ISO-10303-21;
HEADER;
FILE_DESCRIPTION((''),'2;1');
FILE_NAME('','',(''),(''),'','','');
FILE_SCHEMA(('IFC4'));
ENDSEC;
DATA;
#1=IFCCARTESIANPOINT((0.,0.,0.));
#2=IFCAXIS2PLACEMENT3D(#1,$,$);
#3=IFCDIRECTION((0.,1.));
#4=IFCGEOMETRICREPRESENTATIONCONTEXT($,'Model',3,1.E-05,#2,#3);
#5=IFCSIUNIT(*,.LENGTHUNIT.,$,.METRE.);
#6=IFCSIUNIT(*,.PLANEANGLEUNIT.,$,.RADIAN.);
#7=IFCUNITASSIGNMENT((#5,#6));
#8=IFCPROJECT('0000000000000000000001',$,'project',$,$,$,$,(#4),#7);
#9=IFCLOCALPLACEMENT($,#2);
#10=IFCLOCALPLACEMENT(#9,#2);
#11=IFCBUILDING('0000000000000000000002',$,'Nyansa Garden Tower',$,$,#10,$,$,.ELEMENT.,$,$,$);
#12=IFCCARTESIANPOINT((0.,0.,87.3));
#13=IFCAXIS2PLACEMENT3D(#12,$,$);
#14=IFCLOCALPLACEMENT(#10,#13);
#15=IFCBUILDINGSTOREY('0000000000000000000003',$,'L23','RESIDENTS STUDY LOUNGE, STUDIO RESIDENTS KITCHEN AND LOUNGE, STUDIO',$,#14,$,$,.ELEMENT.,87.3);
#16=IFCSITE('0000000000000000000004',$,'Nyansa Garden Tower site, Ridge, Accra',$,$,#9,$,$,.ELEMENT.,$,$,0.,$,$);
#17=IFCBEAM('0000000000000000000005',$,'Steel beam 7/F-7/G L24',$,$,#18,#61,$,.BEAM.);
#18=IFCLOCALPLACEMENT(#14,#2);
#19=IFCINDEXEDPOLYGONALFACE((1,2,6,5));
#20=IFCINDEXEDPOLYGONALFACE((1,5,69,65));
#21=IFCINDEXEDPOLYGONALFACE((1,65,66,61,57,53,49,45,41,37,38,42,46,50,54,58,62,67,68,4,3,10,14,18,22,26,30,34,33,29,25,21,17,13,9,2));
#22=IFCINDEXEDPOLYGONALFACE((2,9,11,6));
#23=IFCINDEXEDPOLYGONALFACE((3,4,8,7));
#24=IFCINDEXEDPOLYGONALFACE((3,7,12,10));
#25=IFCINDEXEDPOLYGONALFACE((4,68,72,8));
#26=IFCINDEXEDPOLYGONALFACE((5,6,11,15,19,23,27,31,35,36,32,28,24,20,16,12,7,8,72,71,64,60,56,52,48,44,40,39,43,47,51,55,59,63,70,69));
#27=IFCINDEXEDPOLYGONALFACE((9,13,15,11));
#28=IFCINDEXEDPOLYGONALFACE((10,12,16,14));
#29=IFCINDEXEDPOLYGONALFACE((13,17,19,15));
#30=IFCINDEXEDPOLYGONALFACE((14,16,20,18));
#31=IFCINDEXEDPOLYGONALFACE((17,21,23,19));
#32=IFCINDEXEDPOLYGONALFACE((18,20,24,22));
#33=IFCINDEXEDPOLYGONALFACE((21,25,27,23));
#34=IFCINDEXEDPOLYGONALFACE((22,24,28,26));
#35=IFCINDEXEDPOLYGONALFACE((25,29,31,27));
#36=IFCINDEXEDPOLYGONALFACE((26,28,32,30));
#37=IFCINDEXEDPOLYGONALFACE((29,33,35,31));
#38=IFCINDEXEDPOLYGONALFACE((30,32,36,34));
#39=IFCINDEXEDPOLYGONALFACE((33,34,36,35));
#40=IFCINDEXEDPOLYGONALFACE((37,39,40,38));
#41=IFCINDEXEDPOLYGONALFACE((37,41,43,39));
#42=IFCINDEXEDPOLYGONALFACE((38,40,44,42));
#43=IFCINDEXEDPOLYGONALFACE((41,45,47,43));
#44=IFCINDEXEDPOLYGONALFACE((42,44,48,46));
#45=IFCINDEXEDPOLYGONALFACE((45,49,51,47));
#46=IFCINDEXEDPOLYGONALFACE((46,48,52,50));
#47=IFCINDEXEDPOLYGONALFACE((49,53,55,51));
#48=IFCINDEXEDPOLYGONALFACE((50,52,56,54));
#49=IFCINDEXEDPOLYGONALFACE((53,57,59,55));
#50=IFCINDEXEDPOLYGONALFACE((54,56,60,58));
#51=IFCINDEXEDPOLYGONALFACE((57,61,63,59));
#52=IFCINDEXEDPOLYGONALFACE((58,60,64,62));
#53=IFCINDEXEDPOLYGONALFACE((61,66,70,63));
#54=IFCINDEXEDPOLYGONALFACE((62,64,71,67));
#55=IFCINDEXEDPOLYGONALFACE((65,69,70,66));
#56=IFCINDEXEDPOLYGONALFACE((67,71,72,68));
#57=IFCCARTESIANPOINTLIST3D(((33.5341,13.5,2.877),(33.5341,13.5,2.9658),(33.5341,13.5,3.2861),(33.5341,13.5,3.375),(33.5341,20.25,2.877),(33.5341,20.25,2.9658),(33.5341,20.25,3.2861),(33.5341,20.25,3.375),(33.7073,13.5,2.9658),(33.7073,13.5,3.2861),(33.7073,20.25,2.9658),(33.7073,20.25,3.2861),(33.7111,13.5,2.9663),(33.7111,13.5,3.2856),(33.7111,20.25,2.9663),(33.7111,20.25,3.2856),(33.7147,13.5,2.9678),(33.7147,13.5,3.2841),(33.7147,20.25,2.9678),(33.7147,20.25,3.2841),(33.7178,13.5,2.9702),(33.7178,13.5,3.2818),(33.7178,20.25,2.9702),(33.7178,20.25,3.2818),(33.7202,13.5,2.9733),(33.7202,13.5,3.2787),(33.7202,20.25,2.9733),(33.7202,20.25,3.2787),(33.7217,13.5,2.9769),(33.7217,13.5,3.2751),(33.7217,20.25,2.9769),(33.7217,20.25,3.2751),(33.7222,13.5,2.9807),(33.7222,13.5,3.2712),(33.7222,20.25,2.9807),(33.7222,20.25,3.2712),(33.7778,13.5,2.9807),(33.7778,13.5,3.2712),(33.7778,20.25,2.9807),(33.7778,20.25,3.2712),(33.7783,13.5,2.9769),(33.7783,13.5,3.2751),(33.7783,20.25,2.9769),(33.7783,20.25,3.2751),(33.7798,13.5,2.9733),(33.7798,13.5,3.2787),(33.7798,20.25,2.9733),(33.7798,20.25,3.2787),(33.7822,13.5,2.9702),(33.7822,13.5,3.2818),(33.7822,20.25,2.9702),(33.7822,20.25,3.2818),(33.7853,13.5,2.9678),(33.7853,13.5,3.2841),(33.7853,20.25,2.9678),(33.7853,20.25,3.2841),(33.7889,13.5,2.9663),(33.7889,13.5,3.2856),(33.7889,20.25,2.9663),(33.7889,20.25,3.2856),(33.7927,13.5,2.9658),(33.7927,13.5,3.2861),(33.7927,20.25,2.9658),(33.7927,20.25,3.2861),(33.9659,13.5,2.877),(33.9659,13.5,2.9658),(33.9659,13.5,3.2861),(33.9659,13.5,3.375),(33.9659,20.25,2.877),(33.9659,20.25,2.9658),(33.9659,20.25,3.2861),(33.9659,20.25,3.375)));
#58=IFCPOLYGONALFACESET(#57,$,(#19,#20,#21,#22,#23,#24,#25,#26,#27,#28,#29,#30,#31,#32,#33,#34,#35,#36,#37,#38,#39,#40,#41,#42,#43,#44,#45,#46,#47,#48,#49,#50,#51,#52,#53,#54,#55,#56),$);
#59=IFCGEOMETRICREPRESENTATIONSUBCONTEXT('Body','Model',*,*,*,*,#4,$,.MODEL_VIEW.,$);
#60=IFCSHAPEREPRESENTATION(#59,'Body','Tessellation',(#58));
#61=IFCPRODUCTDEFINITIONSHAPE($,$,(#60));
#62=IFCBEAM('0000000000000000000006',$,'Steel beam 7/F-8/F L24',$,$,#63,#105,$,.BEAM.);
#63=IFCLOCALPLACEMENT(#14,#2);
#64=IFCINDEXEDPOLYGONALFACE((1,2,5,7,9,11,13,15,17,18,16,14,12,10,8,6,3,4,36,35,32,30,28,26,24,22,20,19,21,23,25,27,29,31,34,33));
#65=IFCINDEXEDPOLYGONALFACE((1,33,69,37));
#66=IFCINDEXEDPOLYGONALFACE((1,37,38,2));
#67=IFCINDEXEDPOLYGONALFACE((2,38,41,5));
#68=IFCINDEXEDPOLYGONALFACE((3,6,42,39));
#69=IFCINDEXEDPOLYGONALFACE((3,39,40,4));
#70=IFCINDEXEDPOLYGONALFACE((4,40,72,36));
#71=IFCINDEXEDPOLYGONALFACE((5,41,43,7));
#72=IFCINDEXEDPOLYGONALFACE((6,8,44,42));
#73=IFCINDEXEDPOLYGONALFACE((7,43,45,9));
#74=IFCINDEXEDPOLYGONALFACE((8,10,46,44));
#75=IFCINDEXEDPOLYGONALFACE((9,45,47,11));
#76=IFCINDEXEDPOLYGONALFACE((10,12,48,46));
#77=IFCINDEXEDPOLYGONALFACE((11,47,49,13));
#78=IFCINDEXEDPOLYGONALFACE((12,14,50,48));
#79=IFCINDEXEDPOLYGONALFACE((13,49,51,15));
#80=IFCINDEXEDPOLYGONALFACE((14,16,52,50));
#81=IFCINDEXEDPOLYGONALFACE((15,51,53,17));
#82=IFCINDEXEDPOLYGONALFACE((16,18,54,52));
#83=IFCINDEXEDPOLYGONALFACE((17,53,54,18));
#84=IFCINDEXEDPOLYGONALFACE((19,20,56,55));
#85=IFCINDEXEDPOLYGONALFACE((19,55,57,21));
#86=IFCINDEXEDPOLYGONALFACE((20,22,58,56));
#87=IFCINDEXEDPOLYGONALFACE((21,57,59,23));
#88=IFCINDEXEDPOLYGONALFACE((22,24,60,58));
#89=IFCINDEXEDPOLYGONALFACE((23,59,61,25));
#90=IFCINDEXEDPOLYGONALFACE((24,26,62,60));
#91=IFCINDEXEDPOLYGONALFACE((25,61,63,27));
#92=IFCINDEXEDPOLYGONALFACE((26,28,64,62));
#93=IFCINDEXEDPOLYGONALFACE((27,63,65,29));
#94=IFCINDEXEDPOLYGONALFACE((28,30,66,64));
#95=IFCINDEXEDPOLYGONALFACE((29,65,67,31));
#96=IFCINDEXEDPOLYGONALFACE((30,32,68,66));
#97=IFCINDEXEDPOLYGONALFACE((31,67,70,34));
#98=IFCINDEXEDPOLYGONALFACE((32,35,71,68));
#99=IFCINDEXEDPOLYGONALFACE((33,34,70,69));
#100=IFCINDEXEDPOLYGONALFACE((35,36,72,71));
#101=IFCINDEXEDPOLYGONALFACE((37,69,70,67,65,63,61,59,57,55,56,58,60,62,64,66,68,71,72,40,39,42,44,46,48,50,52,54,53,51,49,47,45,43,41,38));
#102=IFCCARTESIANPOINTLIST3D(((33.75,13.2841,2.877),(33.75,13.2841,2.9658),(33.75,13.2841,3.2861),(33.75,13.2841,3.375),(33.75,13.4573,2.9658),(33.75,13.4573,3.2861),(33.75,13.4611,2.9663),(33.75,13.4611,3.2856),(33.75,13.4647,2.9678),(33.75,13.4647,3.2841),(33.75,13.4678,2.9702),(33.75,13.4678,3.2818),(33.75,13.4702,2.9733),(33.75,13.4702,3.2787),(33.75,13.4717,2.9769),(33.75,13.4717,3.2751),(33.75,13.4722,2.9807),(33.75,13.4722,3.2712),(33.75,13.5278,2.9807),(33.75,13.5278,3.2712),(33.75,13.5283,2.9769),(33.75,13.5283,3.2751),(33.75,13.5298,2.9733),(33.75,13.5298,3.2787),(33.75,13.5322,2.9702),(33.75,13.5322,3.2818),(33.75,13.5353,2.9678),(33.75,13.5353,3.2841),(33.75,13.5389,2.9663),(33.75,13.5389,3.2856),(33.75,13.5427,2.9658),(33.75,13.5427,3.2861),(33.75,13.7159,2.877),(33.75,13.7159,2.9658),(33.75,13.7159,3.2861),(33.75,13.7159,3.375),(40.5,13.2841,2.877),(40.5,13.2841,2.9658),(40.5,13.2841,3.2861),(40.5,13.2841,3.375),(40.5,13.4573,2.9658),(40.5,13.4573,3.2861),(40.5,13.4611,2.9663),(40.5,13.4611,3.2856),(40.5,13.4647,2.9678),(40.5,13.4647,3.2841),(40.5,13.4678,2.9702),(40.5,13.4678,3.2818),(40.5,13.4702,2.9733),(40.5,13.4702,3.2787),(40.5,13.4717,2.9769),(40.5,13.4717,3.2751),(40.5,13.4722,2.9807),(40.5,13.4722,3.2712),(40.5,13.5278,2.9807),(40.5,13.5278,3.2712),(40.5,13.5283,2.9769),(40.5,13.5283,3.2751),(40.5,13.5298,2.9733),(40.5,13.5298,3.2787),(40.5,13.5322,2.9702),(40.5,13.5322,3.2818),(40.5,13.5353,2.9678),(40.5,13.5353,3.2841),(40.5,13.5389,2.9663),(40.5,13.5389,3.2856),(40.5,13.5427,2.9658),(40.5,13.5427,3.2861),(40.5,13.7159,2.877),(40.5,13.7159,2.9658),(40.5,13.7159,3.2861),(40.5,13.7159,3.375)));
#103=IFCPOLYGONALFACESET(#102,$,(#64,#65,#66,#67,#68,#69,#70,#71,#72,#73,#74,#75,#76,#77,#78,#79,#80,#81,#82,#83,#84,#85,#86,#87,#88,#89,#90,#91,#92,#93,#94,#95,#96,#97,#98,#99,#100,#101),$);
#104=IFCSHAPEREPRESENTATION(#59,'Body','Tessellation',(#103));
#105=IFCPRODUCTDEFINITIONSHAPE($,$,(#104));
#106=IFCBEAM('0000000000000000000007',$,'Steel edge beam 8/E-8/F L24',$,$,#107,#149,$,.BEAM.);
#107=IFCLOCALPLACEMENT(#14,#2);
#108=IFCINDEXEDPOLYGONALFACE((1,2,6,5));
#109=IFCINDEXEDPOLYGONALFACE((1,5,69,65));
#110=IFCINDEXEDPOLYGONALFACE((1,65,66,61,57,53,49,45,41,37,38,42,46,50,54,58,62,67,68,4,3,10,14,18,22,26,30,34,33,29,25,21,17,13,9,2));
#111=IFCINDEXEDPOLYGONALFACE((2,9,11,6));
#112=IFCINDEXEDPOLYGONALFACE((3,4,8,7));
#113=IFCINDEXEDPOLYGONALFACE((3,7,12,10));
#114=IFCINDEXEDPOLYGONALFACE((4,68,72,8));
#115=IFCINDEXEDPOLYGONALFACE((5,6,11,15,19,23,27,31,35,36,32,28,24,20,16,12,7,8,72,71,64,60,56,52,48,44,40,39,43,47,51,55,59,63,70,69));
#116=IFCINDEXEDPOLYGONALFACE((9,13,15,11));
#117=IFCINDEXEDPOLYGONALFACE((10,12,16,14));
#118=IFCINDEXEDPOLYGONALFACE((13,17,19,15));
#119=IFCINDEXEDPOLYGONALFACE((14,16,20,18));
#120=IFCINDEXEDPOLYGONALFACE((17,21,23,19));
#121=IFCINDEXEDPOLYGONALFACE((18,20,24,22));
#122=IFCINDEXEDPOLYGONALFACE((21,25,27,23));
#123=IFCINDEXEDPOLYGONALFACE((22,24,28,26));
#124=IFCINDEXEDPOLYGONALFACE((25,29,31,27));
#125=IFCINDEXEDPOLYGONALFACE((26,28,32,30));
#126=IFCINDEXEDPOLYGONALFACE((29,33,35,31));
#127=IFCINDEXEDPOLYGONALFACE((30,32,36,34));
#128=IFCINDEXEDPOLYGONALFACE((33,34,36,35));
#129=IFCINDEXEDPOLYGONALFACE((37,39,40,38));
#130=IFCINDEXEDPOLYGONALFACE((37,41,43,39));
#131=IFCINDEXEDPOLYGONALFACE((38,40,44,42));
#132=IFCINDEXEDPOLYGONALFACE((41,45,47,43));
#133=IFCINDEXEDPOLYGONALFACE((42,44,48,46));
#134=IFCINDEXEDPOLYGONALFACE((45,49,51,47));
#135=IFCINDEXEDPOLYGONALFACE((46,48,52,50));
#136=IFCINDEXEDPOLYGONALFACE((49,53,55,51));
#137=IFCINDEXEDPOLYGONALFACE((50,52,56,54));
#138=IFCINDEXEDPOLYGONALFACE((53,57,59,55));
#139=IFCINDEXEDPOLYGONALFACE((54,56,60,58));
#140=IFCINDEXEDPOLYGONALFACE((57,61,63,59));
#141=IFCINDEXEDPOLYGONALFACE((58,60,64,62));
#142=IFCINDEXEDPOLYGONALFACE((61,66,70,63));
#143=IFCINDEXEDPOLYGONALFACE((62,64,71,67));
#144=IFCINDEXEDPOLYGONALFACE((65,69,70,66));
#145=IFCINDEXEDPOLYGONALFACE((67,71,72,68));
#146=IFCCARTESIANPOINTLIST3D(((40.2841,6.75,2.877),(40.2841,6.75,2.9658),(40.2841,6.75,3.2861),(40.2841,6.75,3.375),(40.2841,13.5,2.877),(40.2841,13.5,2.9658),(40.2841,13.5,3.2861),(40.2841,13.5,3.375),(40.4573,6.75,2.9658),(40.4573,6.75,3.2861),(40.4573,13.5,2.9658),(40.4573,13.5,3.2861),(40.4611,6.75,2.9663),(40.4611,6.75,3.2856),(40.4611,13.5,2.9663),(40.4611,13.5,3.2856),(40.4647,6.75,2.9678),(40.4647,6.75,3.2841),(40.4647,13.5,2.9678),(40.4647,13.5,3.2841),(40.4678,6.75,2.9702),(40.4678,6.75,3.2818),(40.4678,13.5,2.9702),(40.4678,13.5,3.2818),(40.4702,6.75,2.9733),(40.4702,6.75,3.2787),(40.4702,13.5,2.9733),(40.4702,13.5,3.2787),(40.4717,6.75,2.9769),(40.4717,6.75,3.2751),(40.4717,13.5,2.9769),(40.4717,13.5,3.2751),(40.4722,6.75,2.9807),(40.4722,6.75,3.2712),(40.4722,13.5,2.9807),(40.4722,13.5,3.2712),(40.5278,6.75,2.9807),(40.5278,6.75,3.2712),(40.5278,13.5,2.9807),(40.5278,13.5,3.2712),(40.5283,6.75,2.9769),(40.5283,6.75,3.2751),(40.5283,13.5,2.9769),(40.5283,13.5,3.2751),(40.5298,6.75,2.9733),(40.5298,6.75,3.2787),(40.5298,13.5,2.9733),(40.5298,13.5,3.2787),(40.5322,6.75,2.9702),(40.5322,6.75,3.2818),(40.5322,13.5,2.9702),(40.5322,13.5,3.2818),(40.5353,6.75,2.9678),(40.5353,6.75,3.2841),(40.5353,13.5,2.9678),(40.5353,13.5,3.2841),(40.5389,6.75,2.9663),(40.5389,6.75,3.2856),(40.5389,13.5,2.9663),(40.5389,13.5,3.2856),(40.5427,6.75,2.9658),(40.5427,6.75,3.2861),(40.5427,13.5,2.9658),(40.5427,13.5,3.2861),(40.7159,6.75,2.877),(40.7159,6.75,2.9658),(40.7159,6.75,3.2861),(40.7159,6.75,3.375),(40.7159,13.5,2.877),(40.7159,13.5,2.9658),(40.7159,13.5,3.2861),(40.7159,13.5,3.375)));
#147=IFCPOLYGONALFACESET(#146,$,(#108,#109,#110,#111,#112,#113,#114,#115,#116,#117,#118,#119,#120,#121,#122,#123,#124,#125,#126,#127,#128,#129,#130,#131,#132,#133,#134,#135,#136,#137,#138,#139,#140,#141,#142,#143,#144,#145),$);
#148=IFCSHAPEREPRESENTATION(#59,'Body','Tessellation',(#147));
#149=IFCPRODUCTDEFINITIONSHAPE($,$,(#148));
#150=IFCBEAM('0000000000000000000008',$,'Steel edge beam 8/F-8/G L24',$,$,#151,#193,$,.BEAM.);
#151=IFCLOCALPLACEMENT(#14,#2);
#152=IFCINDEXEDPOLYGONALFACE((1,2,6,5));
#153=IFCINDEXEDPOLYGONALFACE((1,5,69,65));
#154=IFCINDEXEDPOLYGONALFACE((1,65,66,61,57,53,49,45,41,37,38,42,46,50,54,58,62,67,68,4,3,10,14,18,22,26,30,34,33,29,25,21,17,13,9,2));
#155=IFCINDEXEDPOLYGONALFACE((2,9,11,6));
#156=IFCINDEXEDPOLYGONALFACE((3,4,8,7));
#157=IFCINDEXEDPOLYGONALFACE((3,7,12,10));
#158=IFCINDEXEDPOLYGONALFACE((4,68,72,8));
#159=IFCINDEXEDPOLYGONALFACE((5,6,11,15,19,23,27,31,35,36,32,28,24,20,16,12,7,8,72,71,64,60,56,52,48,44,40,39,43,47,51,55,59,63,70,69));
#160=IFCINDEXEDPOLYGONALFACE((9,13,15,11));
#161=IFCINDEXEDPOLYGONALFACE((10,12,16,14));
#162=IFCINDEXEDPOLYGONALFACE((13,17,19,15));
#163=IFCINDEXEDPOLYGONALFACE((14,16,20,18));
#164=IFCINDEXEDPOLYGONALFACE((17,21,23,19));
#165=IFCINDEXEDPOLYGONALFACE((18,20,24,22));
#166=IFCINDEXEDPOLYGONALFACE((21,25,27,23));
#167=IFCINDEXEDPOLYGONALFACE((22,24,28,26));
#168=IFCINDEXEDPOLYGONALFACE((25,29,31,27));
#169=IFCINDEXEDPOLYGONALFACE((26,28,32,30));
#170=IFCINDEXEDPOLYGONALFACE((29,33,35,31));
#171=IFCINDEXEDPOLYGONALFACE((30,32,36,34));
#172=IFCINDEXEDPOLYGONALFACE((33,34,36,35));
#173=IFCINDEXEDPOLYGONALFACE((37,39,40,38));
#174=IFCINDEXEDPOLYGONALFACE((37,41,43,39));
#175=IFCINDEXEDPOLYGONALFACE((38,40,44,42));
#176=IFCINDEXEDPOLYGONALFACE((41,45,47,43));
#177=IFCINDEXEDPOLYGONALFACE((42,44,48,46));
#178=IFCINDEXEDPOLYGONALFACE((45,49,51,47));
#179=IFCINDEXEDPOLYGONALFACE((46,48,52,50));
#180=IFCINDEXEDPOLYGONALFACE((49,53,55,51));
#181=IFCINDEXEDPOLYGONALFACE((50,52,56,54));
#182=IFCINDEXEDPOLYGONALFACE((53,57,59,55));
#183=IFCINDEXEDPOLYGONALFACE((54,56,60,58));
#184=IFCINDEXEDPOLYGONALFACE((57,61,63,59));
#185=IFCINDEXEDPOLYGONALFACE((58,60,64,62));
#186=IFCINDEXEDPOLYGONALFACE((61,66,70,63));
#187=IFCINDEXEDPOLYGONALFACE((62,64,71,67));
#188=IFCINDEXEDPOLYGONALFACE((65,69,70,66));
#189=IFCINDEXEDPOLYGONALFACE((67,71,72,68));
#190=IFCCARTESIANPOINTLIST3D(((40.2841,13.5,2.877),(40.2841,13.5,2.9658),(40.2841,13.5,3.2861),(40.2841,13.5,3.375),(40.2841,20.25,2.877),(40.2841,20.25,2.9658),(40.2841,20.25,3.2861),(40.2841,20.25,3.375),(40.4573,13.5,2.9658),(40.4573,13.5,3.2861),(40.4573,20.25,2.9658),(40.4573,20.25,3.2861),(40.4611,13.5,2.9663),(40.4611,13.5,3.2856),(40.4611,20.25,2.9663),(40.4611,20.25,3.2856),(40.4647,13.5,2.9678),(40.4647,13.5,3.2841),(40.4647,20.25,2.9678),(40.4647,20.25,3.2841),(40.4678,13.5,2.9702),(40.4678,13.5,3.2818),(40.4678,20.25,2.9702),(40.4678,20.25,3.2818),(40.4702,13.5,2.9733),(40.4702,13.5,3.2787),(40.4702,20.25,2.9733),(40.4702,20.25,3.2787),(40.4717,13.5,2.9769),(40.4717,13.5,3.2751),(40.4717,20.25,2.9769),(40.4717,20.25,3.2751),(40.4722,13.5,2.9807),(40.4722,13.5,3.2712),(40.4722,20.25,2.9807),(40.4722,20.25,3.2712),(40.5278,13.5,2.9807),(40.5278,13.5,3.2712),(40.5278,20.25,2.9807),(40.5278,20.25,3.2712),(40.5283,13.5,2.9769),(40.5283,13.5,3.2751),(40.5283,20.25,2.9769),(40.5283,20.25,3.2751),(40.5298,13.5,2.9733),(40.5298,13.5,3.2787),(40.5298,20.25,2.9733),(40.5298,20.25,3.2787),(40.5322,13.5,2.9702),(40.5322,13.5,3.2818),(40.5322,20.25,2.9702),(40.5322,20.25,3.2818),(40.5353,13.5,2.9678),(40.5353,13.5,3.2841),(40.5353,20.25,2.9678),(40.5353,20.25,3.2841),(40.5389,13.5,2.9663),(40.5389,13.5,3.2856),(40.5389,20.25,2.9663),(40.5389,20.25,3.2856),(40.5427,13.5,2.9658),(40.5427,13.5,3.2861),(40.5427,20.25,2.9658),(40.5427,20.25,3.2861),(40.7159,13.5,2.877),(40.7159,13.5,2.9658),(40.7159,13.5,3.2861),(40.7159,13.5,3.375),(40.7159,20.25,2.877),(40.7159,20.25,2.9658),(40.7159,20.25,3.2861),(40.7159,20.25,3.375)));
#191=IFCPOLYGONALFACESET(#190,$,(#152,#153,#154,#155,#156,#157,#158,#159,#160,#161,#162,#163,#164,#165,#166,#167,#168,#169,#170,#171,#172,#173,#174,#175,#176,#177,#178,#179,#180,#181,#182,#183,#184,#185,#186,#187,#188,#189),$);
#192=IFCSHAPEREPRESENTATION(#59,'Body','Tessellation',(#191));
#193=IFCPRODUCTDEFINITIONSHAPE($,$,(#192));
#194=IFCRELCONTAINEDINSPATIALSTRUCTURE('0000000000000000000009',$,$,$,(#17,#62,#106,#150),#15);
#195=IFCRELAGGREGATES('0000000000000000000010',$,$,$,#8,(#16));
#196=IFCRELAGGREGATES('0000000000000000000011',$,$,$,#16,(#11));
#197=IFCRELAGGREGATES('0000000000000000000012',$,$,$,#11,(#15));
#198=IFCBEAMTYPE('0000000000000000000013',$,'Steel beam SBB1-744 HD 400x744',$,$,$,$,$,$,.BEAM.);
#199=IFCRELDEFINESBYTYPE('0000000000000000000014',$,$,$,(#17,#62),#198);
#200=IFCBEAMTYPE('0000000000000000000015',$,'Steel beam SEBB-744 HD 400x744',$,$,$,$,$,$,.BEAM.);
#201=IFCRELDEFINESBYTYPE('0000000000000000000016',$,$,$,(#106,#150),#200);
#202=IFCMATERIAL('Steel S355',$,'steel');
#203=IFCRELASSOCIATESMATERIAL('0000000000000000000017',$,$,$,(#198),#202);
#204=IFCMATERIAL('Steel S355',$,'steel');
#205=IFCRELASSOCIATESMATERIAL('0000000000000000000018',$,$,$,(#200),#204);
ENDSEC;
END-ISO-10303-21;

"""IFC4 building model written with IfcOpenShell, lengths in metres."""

from ifc_helpers import new_model, si_unit, direction, frame, origin, origin_2d, place, context, subcontext, project, spatial, i_section, extrude, material, material_profile, profile_set, type_object, element, save


model = new_model("IFC4")

# Units and contexts
model_context = context("Model", 3, precision=1e-05, world=origin(), true_north=direction((0.0, 1.0)))
body_context = subcontext(model_context, "Body", "Model", "MODEL_VIEW")
ifc_project = project(units=[si_unit("LENGTHUNIT", "METRE"), si_unit("PLANEANGLEUNIT", "RADIAN")], contexts=[model_context])

# Site, building, storey
site_placement = place(None, origin())
site = spatial("IfcSite", under=ifc_project, at=site_placement, Name="Nyansa Garden Tower site, Ridge, Accra", CompositionType="ELEMENT", RefElevation=0.0)
building_placement = place(site_placement, origin())
building = spatial("IfcBuilding", under=site, at=building_placement, Name="Nyansa Garden Tower", CompositionType="ELEMENT")
storey_placement = place(building_placement, frame((0.0, 0.0, 87.3)))
storey = spatial("IfcBuildingStorey", under=building, at=storey_placement, Name="L23", Description="RESIDENTS STUDY LOUNGE, STUDIO RESIDENTS KITCHEN AND LOUNGE, STUDIO", CompositionType="ELEMENT", Elevation=87.3)

# Beams
ifc_material_1 = material(Name="Steel S355", Category="steel")
ifc_material_profile_1 = material_profile(ifc_material_1, i_section(OverallWidth=0.4319, OverallDepth=0.498, WebThickness=0.0557, FlangeThickness=0.0889, FilletRadius=0.0149, at=origin_2d()), Name="HD 400x744")
ifc_profile_set_1 = profile_set([ifc_material_profile_1], Name="Steel S355")
beam_type_1 = type_object("IfcBeamType", Name="Steel beam SBB1-744 HD 400x744", PredefinedType="BEAM", material=ifc_profile_set_1)
for number, where, z_axis, x_axis, name in (
    (1, (33.75, 13.5, 3.126), (0.0, 1.0, 0.0), (-1.0, 0.0, 0.0), "Steel beam 7/F-7/G L24"),
    (2, (33.75, 13.5, 3.126), (1.0, 0.0, 0.0), (0.0, 1.0, 0.0), "Steel beam 7/F-8/F L24"),
):
    element("IfcBeam", number, at=place(storey_placement, frame(where, z_axis=z_axis, x_axis=x_axis)), inside=storey, type_object=beam_type_1, Name=name, PredefinedType="BEAM", context=body_context, shape_type="SweptSolid", body=[
        extrude(i_section(OverallWidth=0.4319, OverallDepth=0.498, WebThickness=0.0557, FlangeThickness=0.0889, FilletRadius=0.0149, at=origin_2d()), origin(), (0.0, 0.0, 1.0), 6.75),
    ])
ifc_material_2 = material(Name="Steel S355", Category="steel")
ifc_material_profile_2 = material_profile(ifc_material_2, i_section(OverallWidth=0.4319, OverallDepth=0.498, WebThickness=0.0557, FlangeThickness=0.0889, FilletRadius=0.0149, at=origin_2d()), Name="HD 400x744")
ifc_profile_set_2 = profile_set([ifc_material_profile_2], Name="Steel S355")
beam_type_2 = type_object("IfcBeamType", Name="Steel beam SEBB-744 HD 400x744", PredefinedType="BEAM", material=ifc_profile_set_2)
for number, where, z_axis, x_axis, name in (
    (3, (40.5, 6.75, 3.126), (0.0, 1.0, 0.0), (-1.0, 0.0, 0.0), "Steel edge beam 8/E-8/F L24"),
    (4, (40.5, 13.5, 3.126), (0.0, 1.0, 0.0), (-1.0, 0.0, 0.0), "Steel edge beam 8/F-8/G L24"),
):
    element("IfcBeam", number, at=place(storey_placement, frame(where, z_axis=z_axis, x_axis=x_axis)), inside=storey, type_object=beam_type_2, Name=name, PredefinedType="BEAM", context=body_context, shape_type="SweptSolid", body=[
        extrude(i_section(OverallWidth=0.4319, OverallDepth=0.498, WebThickness=0.0557, FlangeThickness=0.0889, FilletRadius=0.0149, at=origin_2d()), origin(), (0.0, 0.0, 1.0), 6.75),
    ])

save(model, "model.ifc")
